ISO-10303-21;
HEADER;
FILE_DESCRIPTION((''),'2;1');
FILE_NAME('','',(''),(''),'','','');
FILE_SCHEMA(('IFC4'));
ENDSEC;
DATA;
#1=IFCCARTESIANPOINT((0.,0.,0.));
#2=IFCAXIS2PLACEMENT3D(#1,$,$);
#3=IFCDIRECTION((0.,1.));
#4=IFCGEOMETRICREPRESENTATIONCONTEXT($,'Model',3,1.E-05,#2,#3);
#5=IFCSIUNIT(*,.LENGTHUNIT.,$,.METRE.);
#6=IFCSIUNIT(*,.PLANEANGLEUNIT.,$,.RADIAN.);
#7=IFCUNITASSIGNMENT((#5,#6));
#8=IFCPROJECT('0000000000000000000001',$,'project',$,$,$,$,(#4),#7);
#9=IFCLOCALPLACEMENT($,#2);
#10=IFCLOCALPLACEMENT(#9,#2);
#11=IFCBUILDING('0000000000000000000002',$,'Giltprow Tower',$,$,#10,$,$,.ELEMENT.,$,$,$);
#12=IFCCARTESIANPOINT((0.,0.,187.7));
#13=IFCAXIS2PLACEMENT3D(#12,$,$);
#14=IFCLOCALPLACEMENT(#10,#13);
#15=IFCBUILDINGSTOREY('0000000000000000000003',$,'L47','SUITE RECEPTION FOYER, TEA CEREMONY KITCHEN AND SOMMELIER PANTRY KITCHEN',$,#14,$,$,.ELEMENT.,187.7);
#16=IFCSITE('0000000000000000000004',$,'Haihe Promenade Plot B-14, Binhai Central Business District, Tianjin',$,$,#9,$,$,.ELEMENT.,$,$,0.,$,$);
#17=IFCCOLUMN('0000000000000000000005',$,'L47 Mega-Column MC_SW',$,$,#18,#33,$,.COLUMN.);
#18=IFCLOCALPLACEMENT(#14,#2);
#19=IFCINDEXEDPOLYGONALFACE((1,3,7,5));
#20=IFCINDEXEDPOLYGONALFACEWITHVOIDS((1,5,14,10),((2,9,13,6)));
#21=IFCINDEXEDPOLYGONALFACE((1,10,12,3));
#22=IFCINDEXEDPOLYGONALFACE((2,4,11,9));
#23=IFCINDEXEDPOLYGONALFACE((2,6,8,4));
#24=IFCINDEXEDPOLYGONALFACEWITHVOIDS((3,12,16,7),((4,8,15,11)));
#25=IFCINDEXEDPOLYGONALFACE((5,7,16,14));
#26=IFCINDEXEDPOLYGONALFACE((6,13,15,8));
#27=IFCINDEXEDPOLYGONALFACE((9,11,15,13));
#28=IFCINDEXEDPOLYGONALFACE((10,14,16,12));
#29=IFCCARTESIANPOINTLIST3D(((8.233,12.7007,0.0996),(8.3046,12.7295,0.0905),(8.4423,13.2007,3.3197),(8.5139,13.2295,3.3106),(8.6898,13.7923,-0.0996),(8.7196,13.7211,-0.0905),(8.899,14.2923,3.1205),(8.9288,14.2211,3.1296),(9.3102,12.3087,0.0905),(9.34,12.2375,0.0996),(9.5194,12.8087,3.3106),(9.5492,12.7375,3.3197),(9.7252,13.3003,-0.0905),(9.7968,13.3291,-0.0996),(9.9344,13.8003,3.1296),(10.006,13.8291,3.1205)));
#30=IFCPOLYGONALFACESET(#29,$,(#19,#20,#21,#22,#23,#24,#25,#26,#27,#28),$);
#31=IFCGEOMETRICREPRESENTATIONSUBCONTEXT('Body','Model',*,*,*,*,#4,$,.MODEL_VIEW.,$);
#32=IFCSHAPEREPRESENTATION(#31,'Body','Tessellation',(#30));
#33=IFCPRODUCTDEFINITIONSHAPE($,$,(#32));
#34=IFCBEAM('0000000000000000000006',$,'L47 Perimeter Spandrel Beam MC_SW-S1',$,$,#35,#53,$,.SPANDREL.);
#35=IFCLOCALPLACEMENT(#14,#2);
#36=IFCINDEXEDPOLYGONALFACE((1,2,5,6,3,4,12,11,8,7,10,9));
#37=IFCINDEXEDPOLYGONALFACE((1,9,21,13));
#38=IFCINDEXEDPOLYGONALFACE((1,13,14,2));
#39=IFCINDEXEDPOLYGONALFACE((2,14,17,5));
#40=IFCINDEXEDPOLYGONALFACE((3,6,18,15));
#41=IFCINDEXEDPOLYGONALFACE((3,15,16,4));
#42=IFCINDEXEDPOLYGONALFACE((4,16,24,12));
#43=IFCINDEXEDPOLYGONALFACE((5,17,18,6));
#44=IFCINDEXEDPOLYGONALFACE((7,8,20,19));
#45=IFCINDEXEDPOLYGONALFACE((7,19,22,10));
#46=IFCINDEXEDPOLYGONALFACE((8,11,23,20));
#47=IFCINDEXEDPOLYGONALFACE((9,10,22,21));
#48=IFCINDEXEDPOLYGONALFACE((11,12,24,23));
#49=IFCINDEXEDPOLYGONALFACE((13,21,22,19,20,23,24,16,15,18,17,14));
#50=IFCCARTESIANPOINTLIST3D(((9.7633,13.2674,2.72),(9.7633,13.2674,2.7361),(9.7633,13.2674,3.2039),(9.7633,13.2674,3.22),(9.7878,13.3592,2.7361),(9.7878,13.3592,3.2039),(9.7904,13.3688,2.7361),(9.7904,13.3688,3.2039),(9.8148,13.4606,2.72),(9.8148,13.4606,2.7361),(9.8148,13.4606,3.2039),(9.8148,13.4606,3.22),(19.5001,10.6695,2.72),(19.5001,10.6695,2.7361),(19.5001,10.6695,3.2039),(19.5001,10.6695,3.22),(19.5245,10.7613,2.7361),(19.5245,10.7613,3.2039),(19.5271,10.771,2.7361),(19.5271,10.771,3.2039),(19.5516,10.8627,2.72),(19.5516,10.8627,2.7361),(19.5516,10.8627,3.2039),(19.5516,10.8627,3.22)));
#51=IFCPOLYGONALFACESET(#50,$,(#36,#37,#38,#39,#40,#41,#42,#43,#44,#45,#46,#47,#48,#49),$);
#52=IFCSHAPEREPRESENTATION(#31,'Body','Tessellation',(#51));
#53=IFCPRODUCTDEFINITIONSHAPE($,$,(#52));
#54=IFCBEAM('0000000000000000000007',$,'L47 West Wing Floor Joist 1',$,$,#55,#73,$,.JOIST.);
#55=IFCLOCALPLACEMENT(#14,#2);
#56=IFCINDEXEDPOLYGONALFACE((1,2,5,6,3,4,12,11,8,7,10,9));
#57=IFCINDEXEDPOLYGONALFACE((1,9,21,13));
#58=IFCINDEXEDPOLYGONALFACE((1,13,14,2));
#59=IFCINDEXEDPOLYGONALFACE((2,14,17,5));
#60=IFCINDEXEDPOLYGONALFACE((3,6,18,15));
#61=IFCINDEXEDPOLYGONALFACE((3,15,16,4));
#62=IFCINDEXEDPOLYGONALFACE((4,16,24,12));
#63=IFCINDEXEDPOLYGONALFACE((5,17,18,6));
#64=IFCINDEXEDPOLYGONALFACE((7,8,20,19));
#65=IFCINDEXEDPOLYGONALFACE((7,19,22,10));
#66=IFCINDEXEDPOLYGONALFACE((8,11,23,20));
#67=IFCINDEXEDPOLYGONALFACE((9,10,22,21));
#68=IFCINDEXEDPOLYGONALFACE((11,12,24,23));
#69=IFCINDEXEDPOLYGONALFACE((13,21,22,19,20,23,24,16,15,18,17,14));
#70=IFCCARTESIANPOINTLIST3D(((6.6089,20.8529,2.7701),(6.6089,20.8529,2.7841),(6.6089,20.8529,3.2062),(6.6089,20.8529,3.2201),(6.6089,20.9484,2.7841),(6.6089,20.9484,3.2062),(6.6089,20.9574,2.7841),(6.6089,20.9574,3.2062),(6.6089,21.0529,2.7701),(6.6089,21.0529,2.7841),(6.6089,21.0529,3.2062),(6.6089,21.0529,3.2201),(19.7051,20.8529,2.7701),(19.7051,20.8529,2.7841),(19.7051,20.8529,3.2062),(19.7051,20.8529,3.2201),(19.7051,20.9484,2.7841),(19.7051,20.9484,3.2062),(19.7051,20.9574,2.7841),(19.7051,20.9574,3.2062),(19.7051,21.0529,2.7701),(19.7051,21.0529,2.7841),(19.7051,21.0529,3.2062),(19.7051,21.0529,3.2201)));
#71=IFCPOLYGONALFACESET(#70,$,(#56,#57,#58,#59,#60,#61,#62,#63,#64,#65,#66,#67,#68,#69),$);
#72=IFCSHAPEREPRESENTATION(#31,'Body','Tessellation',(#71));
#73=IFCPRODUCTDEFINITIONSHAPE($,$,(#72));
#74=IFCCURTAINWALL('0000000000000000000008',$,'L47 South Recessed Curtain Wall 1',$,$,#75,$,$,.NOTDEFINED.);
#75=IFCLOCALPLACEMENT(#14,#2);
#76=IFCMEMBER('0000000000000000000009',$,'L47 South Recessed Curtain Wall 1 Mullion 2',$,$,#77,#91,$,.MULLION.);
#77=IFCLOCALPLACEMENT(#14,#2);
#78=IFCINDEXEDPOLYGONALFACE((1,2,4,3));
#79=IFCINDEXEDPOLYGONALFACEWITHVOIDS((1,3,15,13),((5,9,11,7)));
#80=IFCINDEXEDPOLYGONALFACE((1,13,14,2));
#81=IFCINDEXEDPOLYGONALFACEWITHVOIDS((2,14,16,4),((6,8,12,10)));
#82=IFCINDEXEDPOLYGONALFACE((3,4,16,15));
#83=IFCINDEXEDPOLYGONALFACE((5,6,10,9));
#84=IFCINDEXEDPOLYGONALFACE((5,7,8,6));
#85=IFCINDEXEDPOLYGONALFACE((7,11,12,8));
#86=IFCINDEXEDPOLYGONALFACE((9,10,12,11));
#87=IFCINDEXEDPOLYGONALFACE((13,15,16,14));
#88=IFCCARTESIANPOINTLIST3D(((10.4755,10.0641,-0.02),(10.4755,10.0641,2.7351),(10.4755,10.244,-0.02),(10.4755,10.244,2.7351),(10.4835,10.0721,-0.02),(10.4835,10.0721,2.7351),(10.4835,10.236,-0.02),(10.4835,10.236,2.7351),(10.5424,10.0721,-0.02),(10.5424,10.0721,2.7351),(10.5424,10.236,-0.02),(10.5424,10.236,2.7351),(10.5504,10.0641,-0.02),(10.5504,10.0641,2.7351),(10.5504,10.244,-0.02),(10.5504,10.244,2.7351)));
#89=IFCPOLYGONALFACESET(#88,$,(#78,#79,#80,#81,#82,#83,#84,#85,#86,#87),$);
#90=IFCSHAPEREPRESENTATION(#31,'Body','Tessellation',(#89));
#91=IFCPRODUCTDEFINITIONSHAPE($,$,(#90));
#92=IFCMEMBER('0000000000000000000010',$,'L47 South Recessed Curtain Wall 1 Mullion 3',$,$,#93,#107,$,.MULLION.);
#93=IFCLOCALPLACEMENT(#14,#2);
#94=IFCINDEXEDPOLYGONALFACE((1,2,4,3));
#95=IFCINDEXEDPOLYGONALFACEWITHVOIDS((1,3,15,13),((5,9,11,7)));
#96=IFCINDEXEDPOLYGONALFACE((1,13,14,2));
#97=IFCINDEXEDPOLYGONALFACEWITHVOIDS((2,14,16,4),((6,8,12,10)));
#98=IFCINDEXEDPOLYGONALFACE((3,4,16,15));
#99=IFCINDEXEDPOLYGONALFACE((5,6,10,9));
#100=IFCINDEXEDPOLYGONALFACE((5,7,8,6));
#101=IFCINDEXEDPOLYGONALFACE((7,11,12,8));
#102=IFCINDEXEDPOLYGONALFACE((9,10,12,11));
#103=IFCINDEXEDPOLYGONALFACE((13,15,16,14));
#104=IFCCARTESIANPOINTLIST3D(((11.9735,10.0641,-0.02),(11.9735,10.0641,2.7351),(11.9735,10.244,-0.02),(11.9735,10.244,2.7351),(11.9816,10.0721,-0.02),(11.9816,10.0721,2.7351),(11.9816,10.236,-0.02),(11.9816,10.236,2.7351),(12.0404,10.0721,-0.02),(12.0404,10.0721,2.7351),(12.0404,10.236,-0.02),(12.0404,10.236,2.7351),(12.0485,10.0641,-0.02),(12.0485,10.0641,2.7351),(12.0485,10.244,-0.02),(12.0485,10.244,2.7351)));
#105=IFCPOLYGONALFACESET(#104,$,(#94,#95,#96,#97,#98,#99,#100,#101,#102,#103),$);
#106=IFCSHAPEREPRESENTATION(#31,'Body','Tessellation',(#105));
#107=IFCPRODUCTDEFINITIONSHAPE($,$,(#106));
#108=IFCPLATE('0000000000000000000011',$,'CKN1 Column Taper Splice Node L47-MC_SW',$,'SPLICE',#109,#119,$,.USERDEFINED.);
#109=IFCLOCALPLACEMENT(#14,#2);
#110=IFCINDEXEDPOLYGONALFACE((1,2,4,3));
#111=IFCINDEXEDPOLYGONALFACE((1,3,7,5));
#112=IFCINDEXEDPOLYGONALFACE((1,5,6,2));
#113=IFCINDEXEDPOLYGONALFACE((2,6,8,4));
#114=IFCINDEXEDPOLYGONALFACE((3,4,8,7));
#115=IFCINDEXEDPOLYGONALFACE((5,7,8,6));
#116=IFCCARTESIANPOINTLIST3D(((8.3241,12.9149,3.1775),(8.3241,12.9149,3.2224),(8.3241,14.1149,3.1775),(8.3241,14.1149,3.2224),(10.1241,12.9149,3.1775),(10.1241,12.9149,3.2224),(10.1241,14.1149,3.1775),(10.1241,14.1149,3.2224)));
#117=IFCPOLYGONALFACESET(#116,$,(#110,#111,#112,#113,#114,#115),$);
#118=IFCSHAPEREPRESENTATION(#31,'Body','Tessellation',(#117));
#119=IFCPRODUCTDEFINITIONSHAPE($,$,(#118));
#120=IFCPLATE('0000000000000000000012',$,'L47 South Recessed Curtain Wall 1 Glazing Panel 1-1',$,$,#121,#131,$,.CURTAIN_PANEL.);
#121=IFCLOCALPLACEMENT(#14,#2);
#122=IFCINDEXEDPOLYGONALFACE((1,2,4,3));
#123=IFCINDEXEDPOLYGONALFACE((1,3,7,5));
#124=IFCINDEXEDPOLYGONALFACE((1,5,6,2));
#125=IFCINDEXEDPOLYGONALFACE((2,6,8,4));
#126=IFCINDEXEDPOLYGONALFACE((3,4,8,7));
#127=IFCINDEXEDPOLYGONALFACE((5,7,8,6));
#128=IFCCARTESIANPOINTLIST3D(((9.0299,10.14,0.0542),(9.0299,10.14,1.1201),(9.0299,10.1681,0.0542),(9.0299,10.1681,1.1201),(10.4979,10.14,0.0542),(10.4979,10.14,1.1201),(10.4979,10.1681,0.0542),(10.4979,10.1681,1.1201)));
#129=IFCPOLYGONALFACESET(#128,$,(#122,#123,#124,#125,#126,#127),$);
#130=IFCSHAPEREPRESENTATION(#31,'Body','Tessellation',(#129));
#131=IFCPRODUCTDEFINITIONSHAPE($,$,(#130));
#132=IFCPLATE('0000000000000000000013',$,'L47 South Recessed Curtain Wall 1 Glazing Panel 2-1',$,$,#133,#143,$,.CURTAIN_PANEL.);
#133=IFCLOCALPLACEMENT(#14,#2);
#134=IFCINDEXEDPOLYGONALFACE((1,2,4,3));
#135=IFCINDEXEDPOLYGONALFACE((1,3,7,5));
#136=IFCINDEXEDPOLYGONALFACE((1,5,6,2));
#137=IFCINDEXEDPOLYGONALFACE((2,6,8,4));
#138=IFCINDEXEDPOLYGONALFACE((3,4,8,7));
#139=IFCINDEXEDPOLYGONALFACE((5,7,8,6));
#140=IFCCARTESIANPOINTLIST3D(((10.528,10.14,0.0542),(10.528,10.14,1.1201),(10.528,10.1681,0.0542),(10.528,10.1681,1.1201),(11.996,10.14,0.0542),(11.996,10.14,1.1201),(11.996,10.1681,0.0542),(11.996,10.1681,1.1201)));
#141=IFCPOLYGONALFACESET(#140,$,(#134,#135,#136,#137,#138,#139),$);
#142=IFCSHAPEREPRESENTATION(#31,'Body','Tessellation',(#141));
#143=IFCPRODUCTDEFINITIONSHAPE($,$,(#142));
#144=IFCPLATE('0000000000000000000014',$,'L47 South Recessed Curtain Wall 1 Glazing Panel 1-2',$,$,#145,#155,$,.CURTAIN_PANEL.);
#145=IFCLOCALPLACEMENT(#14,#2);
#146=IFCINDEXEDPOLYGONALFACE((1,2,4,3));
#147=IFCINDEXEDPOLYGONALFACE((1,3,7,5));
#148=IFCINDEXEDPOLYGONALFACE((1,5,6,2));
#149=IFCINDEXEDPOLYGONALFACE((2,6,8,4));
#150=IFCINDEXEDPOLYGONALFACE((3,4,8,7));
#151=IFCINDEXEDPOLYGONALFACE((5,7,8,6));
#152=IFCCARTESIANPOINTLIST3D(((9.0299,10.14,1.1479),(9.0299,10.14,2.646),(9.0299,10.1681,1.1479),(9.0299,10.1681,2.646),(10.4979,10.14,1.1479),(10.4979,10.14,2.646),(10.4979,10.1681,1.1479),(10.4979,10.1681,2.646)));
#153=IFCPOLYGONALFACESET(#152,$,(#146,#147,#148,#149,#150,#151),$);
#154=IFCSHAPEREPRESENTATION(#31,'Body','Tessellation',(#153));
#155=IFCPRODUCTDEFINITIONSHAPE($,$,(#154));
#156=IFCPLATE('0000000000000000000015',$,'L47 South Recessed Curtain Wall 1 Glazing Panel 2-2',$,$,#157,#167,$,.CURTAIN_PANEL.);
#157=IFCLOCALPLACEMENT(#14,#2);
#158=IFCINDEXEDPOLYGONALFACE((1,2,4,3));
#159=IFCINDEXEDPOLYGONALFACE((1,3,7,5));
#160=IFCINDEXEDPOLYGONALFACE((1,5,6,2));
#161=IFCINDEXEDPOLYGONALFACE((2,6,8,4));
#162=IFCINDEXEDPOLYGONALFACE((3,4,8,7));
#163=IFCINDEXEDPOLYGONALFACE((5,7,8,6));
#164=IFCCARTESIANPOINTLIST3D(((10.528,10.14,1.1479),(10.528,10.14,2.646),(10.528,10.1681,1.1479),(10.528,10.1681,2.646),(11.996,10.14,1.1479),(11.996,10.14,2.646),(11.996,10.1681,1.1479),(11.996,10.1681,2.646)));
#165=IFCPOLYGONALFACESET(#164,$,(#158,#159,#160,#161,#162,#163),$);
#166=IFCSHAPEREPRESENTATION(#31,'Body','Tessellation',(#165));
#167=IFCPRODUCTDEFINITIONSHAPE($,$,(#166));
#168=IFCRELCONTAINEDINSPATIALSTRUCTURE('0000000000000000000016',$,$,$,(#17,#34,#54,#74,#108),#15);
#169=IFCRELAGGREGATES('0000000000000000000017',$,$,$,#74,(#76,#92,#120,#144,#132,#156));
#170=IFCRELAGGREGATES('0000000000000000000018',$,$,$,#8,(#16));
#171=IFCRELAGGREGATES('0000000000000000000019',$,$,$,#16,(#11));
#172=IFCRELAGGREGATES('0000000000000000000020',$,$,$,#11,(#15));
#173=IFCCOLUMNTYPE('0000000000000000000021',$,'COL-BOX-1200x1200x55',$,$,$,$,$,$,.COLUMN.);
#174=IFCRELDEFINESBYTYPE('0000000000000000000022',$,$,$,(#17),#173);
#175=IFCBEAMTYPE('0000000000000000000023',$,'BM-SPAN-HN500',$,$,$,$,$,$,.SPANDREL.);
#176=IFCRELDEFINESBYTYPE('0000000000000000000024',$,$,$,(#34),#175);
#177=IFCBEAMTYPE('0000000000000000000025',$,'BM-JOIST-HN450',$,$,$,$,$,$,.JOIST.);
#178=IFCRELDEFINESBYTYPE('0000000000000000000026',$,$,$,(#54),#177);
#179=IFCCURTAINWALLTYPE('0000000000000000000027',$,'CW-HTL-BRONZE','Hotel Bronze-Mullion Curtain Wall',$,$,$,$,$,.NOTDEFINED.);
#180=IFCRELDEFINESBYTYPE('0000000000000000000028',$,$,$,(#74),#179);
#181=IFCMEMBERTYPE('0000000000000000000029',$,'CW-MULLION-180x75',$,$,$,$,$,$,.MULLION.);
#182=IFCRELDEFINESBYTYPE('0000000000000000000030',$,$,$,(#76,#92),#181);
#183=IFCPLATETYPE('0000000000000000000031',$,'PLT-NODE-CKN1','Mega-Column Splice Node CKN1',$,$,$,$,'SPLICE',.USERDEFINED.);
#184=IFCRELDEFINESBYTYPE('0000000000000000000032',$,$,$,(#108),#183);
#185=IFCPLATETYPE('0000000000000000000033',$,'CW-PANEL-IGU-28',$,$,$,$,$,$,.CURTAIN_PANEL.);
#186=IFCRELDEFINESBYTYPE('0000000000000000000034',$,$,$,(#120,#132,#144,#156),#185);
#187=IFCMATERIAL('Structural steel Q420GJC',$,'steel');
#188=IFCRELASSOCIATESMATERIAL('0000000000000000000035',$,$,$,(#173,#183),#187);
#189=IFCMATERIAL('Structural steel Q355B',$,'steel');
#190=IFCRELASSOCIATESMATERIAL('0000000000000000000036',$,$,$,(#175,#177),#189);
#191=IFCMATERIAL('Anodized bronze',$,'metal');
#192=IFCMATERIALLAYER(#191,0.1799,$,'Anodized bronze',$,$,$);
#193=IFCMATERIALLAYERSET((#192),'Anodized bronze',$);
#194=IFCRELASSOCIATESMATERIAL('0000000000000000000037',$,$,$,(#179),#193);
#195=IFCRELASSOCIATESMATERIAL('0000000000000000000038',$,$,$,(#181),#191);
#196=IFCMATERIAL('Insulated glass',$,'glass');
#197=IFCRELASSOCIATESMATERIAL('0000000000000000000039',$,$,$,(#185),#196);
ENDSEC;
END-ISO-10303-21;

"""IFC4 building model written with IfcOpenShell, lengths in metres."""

from ifc_helpers import new_model, si_unit, direction, frame, origin, origin_2d, place, context, subcontext, project, spatial, rectangle, hollow_rectangle, i_section, extrude, source, transform, mapped, material, layer, layer_set, material_profile, profile_set, type_object, element, aggregate, save


model = new_model("IFC4")

# Units and contexts
model_context = context("Model", 3, precision=1e-05, world=origin(), true_north=direction((0.0, 1.0)))
body_context = subcontext(model_context, "Body", "Model", "MODEL_VIEW")
ifc_project = project(units=[si_unit("LENGTHUNIT", "METRE"), si_unit("PLANEANGLEUNIT", "RADIAN")], contexts=[model_context])

# Site, building, storey
site_placement = place(None, origin())
site = spatial("IfcSite", under=ifc_project, at=site_placement, Name="Haihe Promenade Plot B-14, Binhai Central Business District, Tianjin", CompositionType="ELEMENT", RefElevation=0.0)
building_placement = place(site_placement, origin())
building = spatial("IfcBuilding", under=site, at=building_placement, Name="Giltprow Tower", CompositionType="ELEMENT")
storey_placement = place(building_placement, frame((0.0, 0.0, 187.7)))
storey = spatial("IfcBuildingStorey", under=building, at=storey_placement, Name="L47", Description="SUITE RECEPTION FOYER, TEA CEREMONY KITCHEN AND SOMMELIER PANTRY KITCHEN", CompositionType="ELEMENT", Elevation=187.7)

# Column
ifc_material_1 = material(Name="Structural steel Q420GJC", Category="steel")
ifc_material_profile_1 = material_profile(ifc_material_1, hollow_rectangle(XDim=1.2, YDim=1.2, WallThickness=0.0549, at=origin_2d()), Name="BOX 1200x1200x55")
ifc_profile_set_1 = profile_set([ifc_material_profile_1], Name="Structural steel Q420GJC")
column_type = type_object("IfcColumnType", Name="COL-BOX-1200x1200x55", PredefinedType="COLUMN", material=ifc_profile_set_1)
shared_shape_1 = source(origin(), body_context, "Body", "SweptSolid", [
    extrude(hollow_rectangle(XDim=1.2, YDim=1.2, WallThickness=0.0549, at=origin_2d()), origin(), (0.0, 0.0, 1.0), 3.2654),
])
column_placement = place(storey_placement, frame((9.0149, 13.0149, 0.0), z_axis=(0.064077, 0.153127, 0.986127), x_axis=(-0.922489, 0.386022, 0.0)))
element("IfcColumn", 1, at=column_placement, inside=storey, type_object=column_type, Name="L47 Mega-Column MC_SW", PredefinedType="COLUMN", context=body_context, shape_type="MappedRepresentation", body=[
    mapped(shared_shape_1, transform((0.0, 0.0, 0.0), x_axis=(1.0, 0.0, 0.0), y_axis=(0.0, 1.0, 0.0), z_axis=(0.0, 0.0, 1.0), scale=1.0)),
])

# Beams
ifc_material_2 = material(Name="Structural steel Q355B", Category="steel")
ifc_material_profile_2 = material_profile(ifc_material_2, i_section(OverallWidth=0.2, OverallDepth=0.5, WebThickness=0.01, FlangeThickness=0.0161, at=origin_2d()), Name="HN 500x200x10x16")
ifc_profile_set_2 = profile_set([ifc_material_profile_2], Name="Structural steel Q355B")
beam_type_1 = type_object("IfcBeamType", Name="BM-SPAN-HN500", PredefinedType="SPANDREL", material=ifc_profile_set_2)
shared_shape_2 = source(origin(), body_context, "Body", "SweptSolid", [
    extrude(i_section(OverallWidth=0.2, OverallDepth=0.5, WebThickness=0.01, FlangeThickness=0.0161, at=origin_2d()), origin(), (0.0, 0.0, 1.0), 10.0774),
])
beam_1_placement = place(storey_placement, frame((9.7891, 13.364, 2.97), z_axis=(0.9662, -0.257794, 0.0), x_axis=(0.257794, 0.9662, 0.0)))
element("IfcBeam", 2, at=beam_1_placement, inside=storey, type_object=beam_type_1, Name="L47 Perimeter Spandrel Beam MC_SW-S1", PredefinedType="SPANDREL", context=body_context, shape_type="MappedRepresentation", body=[
    mapped(shared_shape_2, transform((0.0, 0.0, 0.0), x_axis=(1.0, 0.0, 0.0), y_axis=(0.0, 1.0, 0.0), z_axis=(0.0, 0.0, 1.0), scale=1.0)),
])
ifc_material_profile_3 = material_profile(ifc_material_2, i_section(OverallWidth=0.2, OverallDepth=0.45, WebThickness=0.009, FlangeThickness=0.0139, at=origin_2d()), Name="HN 450x200x9x14")
ifc_profile_set_3 = profile_set([ifc_material_profile_3], Name="Structural steel Q355B")
beam_type_2 = type_object("IfcBeamType", Name="BM-JOIST-HN450", PredefinedType="JOIST", material=ifc_profile_set_3)
shared_shape_3 = source(origin(), body_context, "Body", "SweptSolid", [
    extrude(i_section(OverallWidth=0.2, OverallDepth=0.45, WebThickness=0.009, FlangeThickness=0.0139, at=origin_2d()), origin(), (0.0, 0.0, 1.0), 13.0962),
])
beam_2_placement = place(storey_placement, frame((6.6089, 20.9529, 2.9951), z_axis=(1.0, 0.0, 0.0), x_axis=(0.0, 1.0, 0.0)))
element("IfcBeam", 3, at=beam_2_placement, inside=storey, type_object=beam_type_2, Name="L47 West Wing Floor Joist 1", PredefinedType="JOIST", context=body_context, shape_type="MappedRepresentation", body=[
    mapped(shared_shape_3, transform((0.0, 0.0, 0.0), x_axis=(1.0, 0.0, 0.0), y_axis=(0.0, 1.0, 0.0), z_axis=(0.0, 0.0, 1.0), scale=1.0)),
])

# Curtain wall, members
ifc_material_3 = material(Name="Anodized bronze", Category="metal")
ifc_layer_1 = layer(ifc_material_3, 0.1799, Name="Anodized bronze")
ifc_layer_set_1 = layer_set([ifc_layer_1], Name="Anodized bronze")
curtain_wall_type = type_object("IfcCurtainWallType", Name="CW-HTL-BRONZE", Description="Hotel Bronze-Mullion Curtain Wall", PredefinedType="NOTDEFINED", material=ifc_layer_set_1)
curtain_wall_placement = place(storey_placement, origin())
curtain_wall = element("IfcCurtainWall", 4, at=curtain_wall_placement, inside=storey, type_object=curtain_wall_type, Name="L47 South Recessed Curtain Wall 1", PredefinedType="NOTDEFINED")
ifc_material_profile_4 = material_profile(ifc_material_3, hollow_rectangle(XDim=0.075, YDim=0.1799, WallThickness=0.0081, at=origin_2d()), Name="RHS 180x75x8")
ifc_profile_set_4 = profile_set([ifc_material_profile_4], Name="Anodized bronze")
member_type = type_object("IfcMemberType", Name="CW-MULLION-180x75", PredefinedType="MULLION", material=ifc_profile_set_4)
shared_shape_4 = source(origin(), body_context, "Body", "SweptSolid", [
    extrude(hollow_rectangle(XDim=0.075, YDim=0.1799, WallThickness=0.0081, at=origin_2d()), origin(), (0.0, 0.0, 1.0), 2.7551),
])
member_1_placement = place(storey_placement, frame((10.5129, 10.1541, -0.02), z_axis=(0.0, 0.0, 1.0), x_axis=(1.0, 0.0, 0.0)))
member_1 = element("IfcMember", 5, at=member_1_placement, type_object=member_type, Name="L47 South Recessed Curtain Wall 1 Mullion 2", PredefinedType="MULLION", context=body_context, shape_type="MappedRepresentation", body=[
    mapped(shared_shape_4, transform((0.0, 0.0, 0.0), x_axis=(1.0, 0.0, 0.0), y_axis=(0.0, 1.0, 0.0), z_axis=(0.0, 0.0, 1.0), scale=1.0)),
])
member_2_placement = place(storey_placement, frame((12.011, 10.1541, -0.02), z_axis=(0.0, 0.0, 1.0), x_axis=(1.0, 0.0, 0.0)))
member_2 = element("IfcMember", 6, at=member_2_placement, type_object=member_type, Name="L47 South Recessed Curtain Wall 1 Mullion 3", PredefinedType="MULLION", context=body_context, shape_type="MappedRepresentation", body=[
    mapped(shared_shape_4, transform((0.0, 0.0, 0.0), x_axis=(1.0, 0.0, 0.0), y_axis=(0.0, 1.0, 0.0), z_axis=(0.0, 0.0, 1.0), scale=1.0)),
])

# Plates
plate_type_1 = type_object("IfcPlateType", Name="PLT-NODE-CKN1", Description="Mega-Column Splice Node CKN1", ElementType="SPLICE", PredefinedType="USERDEFINED", material=ifc_material_1)
shared_shape_5 = source(origin(), body_context, "Body", "SweptSolid", [
    extrude(rectangle(XDim=1.8, YDim=1.2, at=origin_2d()), origin(), (0.0, 0.0, 1.0), 0.0449),
])
plate_1_placement = place(storey_placement, frame((9.2241, 13.5149, 3.1775), z_axis=(0.0, 0.0, 1.0), x_axis=(1.0, 0.0, 0.0)))
element("IfcPlate", 7, at=plate_1_placement, inside=storey, type_object=plate_type_1, Name="CKN1 Column Taper Splice Node L47-MC_SW", ObjectType="SPLICE", PredefinedType="USERDEFINED", context=body_context, shape_type="MappedRepresentation", body=[
    mapped(shared_shape_5, transform((0.0, 0.0, 0.0), x_axis=(1.0, 0.0, 0.0), y_axis=(0.0, 1.0, 0.0), z_axis=(0.0, 0.0, 1.0), scale=1.0)),
])
ifc_material_4 = material(Name="Insulated glass", Category="glass")
plate_type_2 = type_object("IfcPlateType", Name="CW-PANEL-IGU-28", PredefinedType="CURTAIN_PANEL", material=ifc_material_4)
shared_shape_6 = source(origin(), body_context, "Body", "SweptSolid", [
    extrude(rectangle(XDim=1.468, YDim=0.0281, at=origin_2d()), origin(), (0.0, 0.0, 1.0), 1.0659),
])
plate_2_placement = place(storey_placement, frame((9.7639, 10.1541, 0.0542), z_axis=(0.0, 0.0, 1.0), x_axis=(1.0, 0.0, 0.0)))
plate_2 = element("IfcPlate", 8, at=plate_2_placement, type_object=plate_type_2, Name="L47 South Recessed Curtain Wall 1 Glazing Panel 1-1", PredefinedType="CURTAIN_PANEL", context=body_context, shape_type="MappedRepresentation", body=[
    mapped(shared_shape_6, transform((0.0, 0.0, 0.0), x_axis=(1.0, 0.0, 0.0), y_axis=(0.0, 1.0, 0.0), z_axis=(0.0, 0.0, 1.0), scale=1.0)),
])
plate_3_placement = place(storey_placement, frame((11.262, 10.1541, 0.0542), z_axis=(0.0, 0.0, 1.0), x_axis=(1.0, 0.0, 0.0)))
plate_3 = element("IfcPlate", 9, at=plate_3_placement, type_object=plate_type_2, Name="L47 South Recessed Curtain Wall 1 Glazing Panel 2-1", PredefinedType="CURTAIN_PANEL", context=body_context, shape_type="MappedRepresentation", body=[
    mapped(shared_shape_6, transform((0.0, 0.0, 0.0), x_axis=(1.0, 0.0, 0.0), y_axis=(0.0, 1.0, 0.0), z_axis=(0.0, 0.0, 1.0), scale=1.0)),
])
shared_shape_7 = source(origin(), body_context, "Body", "SweptSolid", [
    extrude(rectangle(XDim=1.468, YDim=0.0281, at=origin_2d()), origin(), (0.0, 0.0, 1.0), 1.498),
])
plate_4_placement = place(storey_placement, frame((9.7639, 10.1541, 1.1479), z_axis=(0.0, 0.0, 1.0), x_axis=(1.0, 0.0, 0.0)))
plate_4 = element("IfcPlate", 10, at=plate_4_placement, type_object=plate_type_2, Name="L47 South Recessed Curtain Wall 1 Glazing Panel 1-2", PredefinedType="CURTAIN_PANEL", context=body_context, shape_type="MappedRepresentation", body=[
    mapped(shared_shape_7, transform((0.0, 0.0, 0.0), x_axis=(1.0, 0.0, 0.0), y_axis=(0.0, 1.0, 0.0), z_axis=(0.0, 0.0, 1.0), scale=1.0)),
])
plate_5_placement = place(storey_placement, frame((11.262, 10.1541, 1.1479), z_axis=(0.0, 0.0, 1.0), x_axis=(1.0, 0.0, 0.0)))
plate_5 = element("IfcPlate", 11, at=plate_5_placement, type_object=plate_type_2, Name="L47 South Recessed Curtain Wall 1 Glazing Panel 2-2", PredefinedType="CURTAIN_PANEL", context=body_context, shape_type="MappedRepresentation", body=[
    mapped(shared_shape_7, transform((0.0, 0.0, 0.0), x_axis=(1.0, 0.0, 0.0), y_axis=(0.0, 1.0, 0.0), z_axis=(0.0, 0.0, 1.0), scale=1.0)),
])
aggregate(curtain_wall, [member_1, member_2, plate_2, plate_4, plate_3, plate_5])

save(model, "model.ifc")
